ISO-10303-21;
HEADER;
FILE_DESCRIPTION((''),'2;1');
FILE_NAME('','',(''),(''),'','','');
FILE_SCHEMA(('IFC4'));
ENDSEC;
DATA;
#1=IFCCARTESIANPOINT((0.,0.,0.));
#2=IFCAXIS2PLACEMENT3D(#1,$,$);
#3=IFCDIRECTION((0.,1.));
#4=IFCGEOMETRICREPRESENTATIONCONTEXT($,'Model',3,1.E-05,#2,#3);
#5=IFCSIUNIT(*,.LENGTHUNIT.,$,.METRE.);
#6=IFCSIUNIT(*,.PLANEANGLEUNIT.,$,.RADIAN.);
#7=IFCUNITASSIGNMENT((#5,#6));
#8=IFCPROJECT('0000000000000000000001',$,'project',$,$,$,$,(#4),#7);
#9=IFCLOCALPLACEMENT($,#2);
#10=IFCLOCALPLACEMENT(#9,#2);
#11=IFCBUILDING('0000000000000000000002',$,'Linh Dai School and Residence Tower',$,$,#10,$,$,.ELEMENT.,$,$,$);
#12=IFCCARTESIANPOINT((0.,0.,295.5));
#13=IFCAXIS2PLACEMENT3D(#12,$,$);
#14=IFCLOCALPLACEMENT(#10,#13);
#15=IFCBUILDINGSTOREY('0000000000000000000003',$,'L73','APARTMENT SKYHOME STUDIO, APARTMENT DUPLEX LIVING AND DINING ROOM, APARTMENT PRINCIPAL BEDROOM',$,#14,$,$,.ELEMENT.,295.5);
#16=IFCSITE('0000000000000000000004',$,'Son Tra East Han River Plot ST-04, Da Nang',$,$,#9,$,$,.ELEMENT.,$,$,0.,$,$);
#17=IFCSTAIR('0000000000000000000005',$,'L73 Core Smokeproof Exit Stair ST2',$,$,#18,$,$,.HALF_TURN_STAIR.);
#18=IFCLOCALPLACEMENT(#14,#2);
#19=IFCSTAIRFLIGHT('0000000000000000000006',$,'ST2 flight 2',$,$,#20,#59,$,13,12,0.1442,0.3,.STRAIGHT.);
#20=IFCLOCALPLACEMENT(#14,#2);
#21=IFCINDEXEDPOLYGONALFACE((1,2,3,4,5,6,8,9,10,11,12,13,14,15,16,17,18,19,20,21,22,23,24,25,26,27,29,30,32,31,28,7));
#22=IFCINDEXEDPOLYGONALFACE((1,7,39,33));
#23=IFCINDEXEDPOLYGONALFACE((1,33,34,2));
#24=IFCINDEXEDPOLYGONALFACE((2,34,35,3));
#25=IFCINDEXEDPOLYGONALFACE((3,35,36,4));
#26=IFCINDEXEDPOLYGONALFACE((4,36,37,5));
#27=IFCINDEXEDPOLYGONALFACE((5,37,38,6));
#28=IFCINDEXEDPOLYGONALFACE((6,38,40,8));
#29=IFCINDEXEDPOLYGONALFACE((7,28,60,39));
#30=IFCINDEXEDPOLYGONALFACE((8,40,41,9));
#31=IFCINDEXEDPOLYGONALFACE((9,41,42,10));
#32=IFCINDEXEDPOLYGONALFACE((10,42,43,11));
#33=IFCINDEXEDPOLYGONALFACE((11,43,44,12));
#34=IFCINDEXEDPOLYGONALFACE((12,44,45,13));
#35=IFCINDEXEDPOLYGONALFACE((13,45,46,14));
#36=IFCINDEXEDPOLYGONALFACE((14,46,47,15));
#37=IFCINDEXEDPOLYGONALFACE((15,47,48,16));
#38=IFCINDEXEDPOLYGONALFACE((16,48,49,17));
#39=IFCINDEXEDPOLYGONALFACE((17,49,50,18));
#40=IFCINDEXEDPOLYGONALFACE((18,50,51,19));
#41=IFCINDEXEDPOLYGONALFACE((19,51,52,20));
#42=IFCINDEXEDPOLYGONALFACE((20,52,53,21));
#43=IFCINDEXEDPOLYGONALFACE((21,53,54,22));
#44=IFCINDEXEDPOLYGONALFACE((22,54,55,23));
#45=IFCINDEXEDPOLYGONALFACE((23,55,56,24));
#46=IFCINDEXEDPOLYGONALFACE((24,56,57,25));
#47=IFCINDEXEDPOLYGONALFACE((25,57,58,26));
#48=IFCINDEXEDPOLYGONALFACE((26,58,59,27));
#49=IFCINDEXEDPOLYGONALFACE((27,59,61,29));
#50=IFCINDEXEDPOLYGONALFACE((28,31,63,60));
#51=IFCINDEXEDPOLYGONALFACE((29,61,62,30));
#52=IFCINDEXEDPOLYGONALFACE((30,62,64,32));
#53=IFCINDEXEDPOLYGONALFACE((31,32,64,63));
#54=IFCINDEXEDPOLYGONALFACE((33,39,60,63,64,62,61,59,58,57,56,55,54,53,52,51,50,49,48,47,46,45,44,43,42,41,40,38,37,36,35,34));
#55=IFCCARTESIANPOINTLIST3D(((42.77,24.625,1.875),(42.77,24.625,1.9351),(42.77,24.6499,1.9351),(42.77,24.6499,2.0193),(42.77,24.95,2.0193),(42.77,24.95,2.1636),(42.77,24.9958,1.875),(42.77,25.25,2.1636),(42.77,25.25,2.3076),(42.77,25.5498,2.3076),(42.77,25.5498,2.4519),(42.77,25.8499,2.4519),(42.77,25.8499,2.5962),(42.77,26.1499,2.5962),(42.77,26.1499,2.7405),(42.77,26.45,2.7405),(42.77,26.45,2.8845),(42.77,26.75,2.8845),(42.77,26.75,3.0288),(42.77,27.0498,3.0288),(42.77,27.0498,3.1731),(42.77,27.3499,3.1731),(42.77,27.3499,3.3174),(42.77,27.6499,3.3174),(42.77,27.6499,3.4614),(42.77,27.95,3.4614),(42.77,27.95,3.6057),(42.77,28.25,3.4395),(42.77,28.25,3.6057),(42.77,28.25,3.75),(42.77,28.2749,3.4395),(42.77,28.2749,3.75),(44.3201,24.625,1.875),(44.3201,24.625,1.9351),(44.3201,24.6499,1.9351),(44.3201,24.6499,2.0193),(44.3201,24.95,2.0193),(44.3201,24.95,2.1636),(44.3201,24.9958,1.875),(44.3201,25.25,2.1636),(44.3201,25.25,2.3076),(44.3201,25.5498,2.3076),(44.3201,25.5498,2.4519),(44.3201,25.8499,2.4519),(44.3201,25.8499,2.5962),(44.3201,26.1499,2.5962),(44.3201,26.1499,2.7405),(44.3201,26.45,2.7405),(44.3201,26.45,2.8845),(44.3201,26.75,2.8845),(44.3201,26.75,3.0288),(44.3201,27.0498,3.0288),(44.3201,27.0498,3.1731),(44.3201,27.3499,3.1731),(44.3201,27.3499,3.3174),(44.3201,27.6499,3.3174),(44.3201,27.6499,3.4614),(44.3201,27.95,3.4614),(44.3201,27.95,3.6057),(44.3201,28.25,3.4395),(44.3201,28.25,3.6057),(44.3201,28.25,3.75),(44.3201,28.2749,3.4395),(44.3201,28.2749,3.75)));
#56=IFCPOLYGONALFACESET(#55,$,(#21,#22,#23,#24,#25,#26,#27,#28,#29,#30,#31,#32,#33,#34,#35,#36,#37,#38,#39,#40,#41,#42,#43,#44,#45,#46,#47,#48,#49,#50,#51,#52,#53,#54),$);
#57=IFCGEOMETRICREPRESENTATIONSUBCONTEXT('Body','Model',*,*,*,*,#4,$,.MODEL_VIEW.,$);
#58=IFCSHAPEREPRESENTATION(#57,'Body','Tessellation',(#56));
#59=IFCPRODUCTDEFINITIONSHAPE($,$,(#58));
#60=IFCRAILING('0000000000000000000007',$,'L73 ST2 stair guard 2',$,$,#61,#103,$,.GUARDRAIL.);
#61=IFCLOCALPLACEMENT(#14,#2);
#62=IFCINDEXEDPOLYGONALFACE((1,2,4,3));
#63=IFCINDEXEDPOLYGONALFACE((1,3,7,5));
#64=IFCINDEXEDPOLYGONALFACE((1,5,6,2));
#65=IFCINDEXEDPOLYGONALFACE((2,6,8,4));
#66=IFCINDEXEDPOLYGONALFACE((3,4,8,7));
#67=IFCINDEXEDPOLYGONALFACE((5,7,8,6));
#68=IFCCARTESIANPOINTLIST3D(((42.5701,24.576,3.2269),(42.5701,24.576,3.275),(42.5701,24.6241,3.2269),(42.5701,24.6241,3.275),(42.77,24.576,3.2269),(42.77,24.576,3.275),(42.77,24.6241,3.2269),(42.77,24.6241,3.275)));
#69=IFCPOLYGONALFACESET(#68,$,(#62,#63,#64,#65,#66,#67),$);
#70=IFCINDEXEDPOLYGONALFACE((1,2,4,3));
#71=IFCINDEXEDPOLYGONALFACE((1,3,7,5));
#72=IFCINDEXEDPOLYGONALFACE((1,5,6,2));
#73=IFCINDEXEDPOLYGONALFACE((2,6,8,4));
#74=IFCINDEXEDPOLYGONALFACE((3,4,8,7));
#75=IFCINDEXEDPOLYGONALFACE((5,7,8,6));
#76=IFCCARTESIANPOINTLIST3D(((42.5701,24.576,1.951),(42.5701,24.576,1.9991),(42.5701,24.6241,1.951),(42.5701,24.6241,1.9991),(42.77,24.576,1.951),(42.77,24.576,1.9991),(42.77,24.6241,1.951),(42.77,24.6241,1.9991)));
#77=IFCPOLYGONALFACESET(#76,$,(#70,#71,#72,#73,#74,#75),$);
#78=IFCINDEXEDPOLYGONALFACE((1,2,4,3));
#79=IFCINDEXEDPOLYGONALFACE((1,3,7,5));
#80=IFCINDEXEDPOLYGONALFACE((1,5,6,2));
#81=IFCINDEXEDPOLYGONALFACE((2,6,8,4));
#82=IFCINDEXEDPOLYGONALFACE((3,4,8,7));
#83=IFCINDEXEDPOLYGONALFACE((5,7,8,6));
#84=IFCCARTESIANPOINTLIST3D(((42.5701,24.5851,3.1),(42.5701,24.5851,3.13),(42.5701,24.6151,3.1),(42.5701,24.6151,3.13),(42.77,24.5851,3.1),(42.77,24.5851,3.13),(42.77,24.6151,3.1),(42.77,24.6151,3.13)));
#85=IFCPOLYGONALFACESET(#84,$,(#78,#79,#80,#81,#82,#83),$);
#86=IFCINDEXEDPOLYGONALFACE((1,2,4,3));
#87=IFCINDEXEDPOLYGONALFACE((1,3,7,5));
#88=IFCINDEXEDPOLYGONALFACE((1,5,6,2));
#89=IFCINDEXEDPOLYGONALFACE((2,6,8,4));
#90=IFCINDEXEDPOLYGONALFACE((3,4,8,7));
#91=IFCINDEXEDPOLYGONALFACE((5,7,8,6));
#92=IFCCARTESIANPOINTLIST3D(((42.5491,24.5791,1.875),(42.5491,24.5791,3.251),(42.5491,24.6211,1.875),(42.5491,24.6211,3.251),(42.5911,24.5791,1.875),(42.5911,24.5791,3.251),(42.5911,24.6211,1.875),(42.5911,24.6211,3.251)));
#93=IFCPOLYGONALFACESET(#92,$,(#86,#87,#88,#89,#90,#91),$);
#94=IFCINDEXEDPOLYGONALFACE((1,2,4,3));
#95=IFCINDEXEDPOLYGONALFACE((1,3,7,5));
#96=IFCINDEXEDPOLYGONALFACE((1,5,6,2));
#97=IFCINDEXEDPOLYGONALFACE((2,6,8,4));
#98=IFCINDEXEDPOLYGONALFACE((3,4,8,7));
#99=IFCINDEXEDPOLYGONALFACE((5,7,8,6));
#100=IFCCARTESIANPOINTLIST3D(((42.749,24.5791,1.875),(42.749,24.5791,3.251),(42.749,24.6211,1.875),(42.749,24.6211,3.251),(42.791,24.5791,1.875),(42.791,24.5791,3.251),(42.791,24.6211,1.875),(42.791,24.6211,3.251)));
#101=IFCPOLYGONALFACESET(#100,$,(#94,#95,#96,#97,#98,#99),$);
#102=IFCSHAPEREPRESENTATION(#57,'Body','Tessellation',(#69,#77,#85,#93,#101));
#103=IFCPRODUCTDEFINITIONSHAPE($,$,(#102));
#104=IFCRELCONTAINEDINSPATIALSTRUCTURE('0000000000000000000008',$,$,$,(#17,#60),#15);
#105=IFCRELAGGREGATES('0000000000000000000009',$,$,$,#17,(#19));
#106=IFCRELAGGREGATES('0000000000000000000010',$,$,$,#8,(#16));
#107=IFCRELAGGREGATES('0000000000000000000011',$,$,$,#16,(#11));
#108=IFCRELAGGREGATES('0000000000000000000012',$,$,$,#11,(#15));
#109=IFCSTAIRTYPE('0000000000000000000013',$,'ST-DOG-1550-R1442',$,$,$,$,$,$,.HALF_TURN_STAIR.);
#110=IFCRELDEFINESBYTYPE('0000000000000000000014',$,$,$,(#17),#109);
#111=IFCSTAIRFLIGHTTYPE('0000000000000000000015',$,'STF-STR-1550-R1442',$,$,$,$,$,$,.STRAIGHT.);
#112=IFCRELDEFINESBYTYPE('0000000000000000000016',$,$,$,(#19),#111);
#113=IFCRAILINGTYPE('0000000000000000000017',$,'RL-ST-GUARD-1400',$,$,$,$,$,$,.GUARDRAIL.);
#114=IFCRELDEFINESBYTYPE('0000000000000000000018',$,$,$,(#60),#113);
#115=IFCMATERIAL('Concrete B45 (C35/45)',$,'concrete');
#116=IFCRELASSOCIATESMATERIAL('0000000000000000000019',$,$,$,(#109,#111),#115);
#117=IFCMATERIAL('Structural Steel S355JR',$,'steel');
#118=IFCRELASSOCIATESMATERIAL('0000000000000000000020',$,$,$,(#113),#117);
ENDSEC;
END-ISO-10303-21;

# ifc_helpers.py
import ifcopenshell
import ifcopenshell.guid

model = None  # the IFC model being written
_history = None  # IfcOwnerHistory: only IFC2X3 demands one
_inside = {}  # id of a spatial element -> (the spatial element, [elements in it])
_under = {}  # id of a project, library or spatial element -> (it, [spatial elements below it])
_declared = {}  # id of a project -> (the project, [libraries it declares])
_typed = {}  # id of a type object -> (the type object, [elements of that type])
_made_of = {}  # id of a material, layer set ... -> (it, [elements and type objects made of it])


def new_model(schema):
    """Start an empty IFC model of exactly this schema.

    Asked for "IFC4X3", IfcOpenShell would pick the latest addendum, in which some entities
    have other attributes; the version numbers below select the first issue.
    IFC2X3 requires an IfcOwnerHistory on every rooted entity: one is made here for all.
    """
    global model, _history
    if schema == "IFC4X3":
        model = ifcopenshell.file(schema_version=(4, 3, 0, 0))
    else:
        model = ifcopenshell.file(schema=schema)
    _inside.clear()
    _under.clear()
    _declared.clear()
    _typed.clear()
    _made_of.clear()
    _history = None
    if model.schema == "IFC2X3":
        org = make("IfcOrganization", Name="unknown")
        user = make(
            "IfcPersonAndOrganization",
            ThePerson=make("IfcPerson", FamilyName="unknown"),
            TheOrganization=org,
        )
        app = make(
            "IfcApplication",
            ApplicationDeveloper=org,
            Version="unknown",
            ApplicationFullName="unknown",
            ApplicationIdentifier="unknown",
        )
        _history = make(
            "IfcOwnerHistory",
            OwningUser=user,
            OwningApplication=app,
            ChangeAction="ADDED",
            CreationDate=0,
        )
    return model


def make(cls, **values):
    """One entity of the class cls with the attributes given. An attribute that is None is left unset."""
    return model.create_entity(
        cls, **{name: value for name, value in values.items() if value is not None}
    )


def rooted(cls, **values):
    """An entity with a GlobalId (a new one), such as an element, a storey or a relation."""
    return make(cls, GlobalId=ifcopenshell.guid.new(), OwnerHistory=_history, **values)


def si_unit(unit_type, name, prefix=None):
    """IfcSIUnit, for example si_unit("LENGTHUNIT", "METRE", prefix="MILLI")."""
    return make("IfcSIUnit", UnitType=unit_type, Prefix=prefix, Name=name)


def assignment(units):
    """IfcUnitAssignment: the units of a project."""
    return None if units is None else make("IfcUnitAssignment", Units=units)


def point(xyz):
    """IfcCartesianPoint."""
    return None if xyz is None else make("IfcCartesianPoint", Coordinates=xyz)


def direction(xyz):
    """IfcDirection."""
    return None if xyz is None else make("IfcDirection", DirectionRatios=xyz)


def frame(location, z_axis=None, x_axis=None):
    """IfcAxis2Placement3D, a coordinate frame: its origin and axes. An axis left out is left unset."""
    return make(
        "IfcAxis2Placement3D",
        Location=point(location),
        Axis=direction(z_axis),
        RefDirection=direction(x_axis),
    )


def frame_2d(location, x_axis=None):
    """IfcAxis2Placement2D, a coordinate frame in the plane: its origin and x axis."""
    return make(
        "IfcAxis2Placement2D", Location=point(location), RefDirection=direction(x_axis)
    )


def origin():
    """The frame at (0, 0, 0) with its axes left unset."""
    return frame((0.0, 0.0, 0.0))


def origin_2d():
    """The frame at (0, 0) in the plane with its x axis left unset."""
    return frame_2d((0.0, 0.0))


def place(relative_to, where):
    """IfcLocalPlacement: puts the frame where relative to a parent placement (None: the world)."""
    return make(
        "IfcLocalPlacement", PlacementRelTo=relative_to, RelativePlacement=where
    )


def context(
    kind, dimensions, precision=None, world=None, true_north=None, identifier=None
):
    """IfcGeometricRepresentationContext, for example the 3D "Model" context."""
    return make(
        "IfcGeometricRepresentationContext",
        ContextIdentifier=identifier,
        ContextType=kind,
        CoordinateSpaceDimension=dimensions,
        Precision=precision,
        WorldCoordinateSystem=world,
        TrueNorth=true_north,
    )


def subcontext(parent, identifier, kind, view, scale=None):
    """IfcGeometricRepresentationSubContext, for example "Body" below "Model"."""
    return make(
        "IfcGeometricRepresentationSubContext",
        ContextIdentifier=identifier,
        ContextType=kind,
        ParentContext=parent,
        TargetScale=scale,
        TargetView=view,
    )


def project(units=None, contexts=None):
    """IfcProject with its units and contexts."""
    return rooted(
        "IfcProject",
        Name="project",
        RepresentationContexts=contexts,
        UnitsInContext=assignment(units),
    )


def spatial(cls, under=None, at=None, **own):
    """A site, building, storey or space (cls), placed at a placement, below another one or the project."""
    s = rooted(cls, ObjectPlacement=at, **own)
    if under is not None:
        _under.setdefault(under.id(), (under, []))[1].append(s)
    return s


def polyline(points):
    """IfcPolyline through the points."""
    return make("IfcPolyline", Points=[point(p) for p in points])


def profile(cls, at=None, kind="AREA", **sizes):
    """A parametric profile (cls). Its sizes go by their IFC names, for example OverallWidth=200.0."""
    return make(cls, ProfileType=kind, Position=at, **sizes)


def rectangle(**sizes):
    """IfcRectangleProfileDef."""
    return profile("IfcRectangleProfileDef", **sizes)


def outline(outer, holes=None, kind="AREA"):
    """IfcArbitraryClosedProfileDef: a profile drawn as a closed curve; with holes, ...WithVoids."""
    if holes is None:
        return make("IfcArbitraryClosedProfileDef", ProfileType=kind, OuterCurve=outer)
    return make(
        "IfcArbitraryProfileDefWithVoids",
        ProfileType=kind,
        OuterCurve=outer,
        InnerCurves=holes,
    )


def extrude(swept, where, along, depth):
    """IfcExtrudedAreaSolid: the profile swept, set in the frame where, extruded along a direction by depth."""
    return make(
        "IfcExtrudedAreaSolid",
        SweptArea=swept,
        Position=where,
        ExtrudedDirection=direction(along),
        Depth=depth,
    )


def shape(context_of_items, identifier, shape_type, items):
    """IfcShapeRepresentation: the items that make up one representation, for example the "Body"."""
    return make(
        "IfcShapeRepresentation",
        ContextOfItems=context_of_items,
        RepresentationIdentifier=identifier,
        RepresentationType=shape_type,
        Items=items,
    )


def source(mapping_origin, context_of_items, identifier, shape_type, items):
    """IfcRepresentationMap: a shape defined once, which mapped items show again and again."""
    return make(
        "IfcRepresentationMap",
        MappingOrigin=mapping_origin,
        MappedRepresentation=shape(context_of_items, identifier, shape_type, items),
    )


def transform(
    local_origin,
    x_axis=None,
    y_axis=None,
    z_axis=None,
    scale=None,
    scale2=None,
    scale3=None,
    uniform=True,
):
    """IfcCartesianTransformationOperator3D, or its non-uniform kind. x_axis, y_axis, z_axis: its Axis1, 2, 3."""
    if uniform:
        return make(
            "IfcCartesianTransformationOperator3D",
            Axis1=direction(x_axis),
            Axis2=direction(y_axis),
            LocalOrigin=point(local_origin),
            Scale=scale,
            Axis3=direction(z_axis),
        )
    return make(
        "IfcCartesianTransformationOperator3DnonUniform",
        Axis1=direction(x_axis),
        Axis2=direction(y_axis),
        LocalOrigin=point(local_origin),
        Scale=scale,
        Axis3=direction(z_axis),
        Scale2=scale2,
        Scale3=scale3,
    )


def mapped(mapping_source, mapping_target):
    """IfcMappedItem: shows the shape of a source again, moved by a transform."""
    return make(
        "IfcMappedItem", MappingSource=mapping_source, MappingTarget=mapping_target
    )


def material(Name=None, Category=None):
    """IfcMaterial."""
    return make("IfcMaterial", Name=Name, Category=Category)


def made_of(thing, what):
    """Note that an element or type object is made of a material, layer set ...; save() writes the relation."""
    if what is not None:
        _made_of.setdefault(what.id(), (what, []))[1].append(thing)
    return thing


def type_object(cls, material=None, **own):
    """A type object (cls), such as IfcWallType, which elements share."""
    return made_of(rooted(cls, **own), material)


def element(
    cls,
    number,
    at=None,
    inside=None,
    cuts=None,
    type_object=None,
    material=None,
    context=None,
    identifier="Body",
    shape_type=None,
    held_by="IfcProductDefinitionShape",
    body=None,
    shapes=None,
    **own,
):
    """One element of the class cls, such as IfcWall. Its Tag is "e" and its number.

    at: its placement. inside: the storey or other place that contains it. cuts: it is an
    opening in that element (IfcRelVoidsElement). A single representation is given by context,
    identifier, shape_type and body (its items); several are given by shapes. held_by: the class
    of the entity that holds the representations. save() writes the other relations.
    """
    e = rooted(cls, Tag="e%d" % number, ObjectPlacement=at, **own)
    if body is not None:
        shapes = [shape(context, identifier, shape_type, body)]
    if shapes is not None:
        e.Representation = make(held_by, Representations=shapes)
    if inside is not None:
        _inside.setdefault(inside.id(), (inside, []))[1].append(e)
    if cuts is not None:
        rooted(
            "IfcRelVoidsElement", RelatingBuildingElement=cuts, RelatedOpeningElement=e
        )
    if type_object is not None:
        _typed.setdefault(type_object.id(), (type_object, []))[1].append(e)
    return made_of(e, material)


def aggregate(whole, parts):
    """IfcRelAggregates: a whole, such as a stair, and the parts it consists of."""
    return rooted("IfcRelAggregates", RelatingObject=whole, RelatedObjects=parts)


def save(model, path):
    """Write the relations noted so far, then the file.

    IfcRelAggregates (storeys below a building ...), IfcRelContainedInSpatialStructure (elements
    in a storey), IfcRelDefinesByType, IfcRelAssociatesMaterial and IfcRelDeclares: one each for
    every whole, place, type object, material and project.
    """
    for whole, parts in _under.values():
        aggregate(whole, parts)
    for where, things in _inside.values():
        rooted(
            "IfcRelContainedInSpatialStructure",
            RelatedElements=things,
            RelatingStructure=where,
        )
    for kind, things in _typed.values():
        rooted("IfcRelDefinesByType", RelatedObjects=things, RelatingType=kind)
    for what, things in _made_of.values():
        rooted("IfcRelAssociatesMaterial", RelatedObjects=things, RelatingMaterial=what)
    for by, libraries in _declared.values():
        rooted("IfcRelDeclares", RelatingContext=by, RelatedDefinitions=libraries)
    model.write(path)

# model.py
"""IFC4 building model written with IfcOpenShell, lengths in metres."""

from ifc_helpers import new_model, si_unit, direction, frame, origin, origin_2d, place, context, subcontext, project, spatial, polyline, rectangle, outline, extrude, source, transform, mapped, material, type_object, element, aggregate, save


model = new_model("IFC4")

# Units and contexts
model_context = context("Model", 3, precision=1e-05, world=origin(), true_north=direction((0.0, 1.0)))
body_context = subcontext(model_context, "Body", "Model", "MODEL_VIEW")
ifc_project = project(units=[si_unit("LENGTHUNIT", "METRE"), si_unit("PLANEANGLEUNIT", "RADIAN")], contexts=[model_context])

# Site, building, storey
site_placement = place(None, origin())
site = spatial("IfcSite", under=ifc_project, at=site_placement, Name="Son Tra East Han River Plot ST-04, Da Nang", CompositionType="ELEMENT", RefElevation=0.0)
building_placement = place(site_placement, origin())
building = spatial("IfcBuilding", under=site, at=building_placement, Name="Linh Dai School and Residence Tower", CompositionType="ELEMENT")
storey_placement = place(building_placement, frame((0.0, 0.0, 295.5)))
storey = spatial("IfcBuildingStorey", under=building, at=storey_placement, Name="L73", Description="APARTMENT SKYHOME STUDIO, APARTMENT DUPLEX LIVING AND DINING ROOM, APARTMENT PRINCIPAL BEDROOM", CompositionType="ELEMENT", Elevation=295.5)

# Shared definitions
ifc_material_1 = material(Name="Structural Steel S355JR", Category="steel")

# Shared definitions
ifc_material_2 = material(Name="Concrete B45 (C35/45)", Category="concrete")

# Stair, stair flight
stair_type = type_object("IfcStairType", Name="ST-DOG-1550-R1442", PredefinedType="HALF_TURN_STAIR", material=ifc_material_2)
stair_placement = place(storey_placement, origin())
stair = element("IfcStair", 1, at=stair_placement, inside=storey, type_object=stair_type, Name="L73 Core Smokeproof Exit Stair ST2", PredefinedType="HALF_TURN_STAIR")
stair_flight_type = type_object("IfcStairFlightType", Name="STF-STR-1550-R1442", PredefinedType="STRAIGHT", material=ifc_material_2)
shared_shape_1 = source(origin(), body_context, "Body", "SweptSolid", [
    extrude(outline(polyline([(-0.0249, 0.0), (-0.0249, 0.0601), (0.0, 0.0601), (0.0, 0.1443), (0.3, 0.1443), (0.3, 0.2886), (0.6001, 0.2886), (0.6001, 0.4326), (0.8999, 0.4326), (0.8999, 0.5769), (1.2, 0.5769), (1.2, 0.7212), (1.5, 0.7212), (1.5, 0.8655), (1.8, 0.8655), (1.8, 1.0095), (2.1001, 1.0095), (2.1001, 1.1538), (2.3999, 1.1538), (2.3999, 1.2981), (2.7, 1.2981), (2.7, 1.4424), (3.0, 1.4424), (3.0, 1.5864), (3.3, 1.5864), (3.3, 1.7307), (3.6001, 1.7307), (3.6001, 1.875), (3.625, 1.875), (3.625, 1.5645), (3.6001, 1.5645), (0.3459, 0.0), (-0.0249, 0.0)])), frame((0.0, 0.7749, 0.0), z_axis=(0.0, -1.0, 0.0), x_axis=(1.0, 0.0, 0.0)), (0.0, 0.0, 1.0), 1.55),
])
stair_flight_placement = place(storey_placement, frame((43.5449, 24.6499, 1.875), z_axis=(0.0, 0.0, 1.0), x_axis=(0.0, 1.0, 0.0)))
stair_flight = element("IfcStairFlight", 2, at=stair_flight_placement, type_object=stair_flight_type, Name="ST2 flight 2", NumberOfRisers=13, NumberOfTreads=12, PredefinedType="STRAIGHT", RiserHeight=0.1442, TreadLength=0.3, context=body_context, shape_type="MappedRepresentation", body=[
    mapped(shared_shape_1, transform((0.0, 0.0, 0.0), x_axis=(1.0, 0.0, 0.0), y_axis=(0.0, 1.0, 0.0), z_axis=(0.0, 0.0, 1.0), scale=1.0)),
])
aggregate(stair, [stair_flight])

# Railing
railing_type = type_object("IfcRailingType", Name="RL-ST-GUARD-1400", PredefinedType="GUARDRAIL", material=ifc_material_1)
shared_shape_2 = source(origin(), body_context, "Body", "SweptSolid", [
    extrude(rectangle(XDim=0.0481, YDim=0.0481, at=origin_2d()), frame((0.0, 0.0, 1.376), z_axis=(1.0, 0.0, 0.0), x_axis=(0.0, 1.0, 0.0)), (0.0, 0.0, 1.0), 0.2),
    extrude(rectangle(XDim=0.0481, YDim=0.0481, at=origin_2d()), frame((0.0, 0.0, 0.1001), z_axis=(1.0, 0.0, 0.0), x_axis=(0.0, 1.0, 0.0)), (0.0, 0.0, 1.0), 0.2),
    extrude(rectangle(XDim=0.03, YDim=0.03, at=origin_2d()), frame((0.0, 0.0, 1.24), z_axis=(1.0, 0.0, 0.0), x_axis=(0.0, 1.0, 0.0)), (0.0, 0.0, 1.0), 0.2),
    extrude(rectangle(XDim=0.042, YDim=0.042, at=origin_2d()), origin(), (0.0, 0.0, 1.0), 1.376),
    extrude(rectangle(XDim=0.042, YDim=0.042, at=origin_2d()), frame((0.2, 0.0, 0.0)), (0.0, 0.0, 1.0), 1.376),
])
railing_1_placement = place(storey_placement, frame((42.5701, 24.6001, 1.875)))
element("IfcRailing", 3, at=railing_1_placement, inside=storey, type_object=railing_type, Name="L73 ST2 stair guard 2", PredefinedType="GUARDRAIL", context=body_context, shape_type="MappedRepresentation", body=[
    mapped(shared_shape_2, transform((0.0, 0.0, 0.0), x_axis=(1.0, 0.0, 0.0), y_axis=(0.0, 1.0, 0.0), z_axis=(0.0, 0.0, 1.0), scale=1.0)),
])

save(model, "model.ifc")
